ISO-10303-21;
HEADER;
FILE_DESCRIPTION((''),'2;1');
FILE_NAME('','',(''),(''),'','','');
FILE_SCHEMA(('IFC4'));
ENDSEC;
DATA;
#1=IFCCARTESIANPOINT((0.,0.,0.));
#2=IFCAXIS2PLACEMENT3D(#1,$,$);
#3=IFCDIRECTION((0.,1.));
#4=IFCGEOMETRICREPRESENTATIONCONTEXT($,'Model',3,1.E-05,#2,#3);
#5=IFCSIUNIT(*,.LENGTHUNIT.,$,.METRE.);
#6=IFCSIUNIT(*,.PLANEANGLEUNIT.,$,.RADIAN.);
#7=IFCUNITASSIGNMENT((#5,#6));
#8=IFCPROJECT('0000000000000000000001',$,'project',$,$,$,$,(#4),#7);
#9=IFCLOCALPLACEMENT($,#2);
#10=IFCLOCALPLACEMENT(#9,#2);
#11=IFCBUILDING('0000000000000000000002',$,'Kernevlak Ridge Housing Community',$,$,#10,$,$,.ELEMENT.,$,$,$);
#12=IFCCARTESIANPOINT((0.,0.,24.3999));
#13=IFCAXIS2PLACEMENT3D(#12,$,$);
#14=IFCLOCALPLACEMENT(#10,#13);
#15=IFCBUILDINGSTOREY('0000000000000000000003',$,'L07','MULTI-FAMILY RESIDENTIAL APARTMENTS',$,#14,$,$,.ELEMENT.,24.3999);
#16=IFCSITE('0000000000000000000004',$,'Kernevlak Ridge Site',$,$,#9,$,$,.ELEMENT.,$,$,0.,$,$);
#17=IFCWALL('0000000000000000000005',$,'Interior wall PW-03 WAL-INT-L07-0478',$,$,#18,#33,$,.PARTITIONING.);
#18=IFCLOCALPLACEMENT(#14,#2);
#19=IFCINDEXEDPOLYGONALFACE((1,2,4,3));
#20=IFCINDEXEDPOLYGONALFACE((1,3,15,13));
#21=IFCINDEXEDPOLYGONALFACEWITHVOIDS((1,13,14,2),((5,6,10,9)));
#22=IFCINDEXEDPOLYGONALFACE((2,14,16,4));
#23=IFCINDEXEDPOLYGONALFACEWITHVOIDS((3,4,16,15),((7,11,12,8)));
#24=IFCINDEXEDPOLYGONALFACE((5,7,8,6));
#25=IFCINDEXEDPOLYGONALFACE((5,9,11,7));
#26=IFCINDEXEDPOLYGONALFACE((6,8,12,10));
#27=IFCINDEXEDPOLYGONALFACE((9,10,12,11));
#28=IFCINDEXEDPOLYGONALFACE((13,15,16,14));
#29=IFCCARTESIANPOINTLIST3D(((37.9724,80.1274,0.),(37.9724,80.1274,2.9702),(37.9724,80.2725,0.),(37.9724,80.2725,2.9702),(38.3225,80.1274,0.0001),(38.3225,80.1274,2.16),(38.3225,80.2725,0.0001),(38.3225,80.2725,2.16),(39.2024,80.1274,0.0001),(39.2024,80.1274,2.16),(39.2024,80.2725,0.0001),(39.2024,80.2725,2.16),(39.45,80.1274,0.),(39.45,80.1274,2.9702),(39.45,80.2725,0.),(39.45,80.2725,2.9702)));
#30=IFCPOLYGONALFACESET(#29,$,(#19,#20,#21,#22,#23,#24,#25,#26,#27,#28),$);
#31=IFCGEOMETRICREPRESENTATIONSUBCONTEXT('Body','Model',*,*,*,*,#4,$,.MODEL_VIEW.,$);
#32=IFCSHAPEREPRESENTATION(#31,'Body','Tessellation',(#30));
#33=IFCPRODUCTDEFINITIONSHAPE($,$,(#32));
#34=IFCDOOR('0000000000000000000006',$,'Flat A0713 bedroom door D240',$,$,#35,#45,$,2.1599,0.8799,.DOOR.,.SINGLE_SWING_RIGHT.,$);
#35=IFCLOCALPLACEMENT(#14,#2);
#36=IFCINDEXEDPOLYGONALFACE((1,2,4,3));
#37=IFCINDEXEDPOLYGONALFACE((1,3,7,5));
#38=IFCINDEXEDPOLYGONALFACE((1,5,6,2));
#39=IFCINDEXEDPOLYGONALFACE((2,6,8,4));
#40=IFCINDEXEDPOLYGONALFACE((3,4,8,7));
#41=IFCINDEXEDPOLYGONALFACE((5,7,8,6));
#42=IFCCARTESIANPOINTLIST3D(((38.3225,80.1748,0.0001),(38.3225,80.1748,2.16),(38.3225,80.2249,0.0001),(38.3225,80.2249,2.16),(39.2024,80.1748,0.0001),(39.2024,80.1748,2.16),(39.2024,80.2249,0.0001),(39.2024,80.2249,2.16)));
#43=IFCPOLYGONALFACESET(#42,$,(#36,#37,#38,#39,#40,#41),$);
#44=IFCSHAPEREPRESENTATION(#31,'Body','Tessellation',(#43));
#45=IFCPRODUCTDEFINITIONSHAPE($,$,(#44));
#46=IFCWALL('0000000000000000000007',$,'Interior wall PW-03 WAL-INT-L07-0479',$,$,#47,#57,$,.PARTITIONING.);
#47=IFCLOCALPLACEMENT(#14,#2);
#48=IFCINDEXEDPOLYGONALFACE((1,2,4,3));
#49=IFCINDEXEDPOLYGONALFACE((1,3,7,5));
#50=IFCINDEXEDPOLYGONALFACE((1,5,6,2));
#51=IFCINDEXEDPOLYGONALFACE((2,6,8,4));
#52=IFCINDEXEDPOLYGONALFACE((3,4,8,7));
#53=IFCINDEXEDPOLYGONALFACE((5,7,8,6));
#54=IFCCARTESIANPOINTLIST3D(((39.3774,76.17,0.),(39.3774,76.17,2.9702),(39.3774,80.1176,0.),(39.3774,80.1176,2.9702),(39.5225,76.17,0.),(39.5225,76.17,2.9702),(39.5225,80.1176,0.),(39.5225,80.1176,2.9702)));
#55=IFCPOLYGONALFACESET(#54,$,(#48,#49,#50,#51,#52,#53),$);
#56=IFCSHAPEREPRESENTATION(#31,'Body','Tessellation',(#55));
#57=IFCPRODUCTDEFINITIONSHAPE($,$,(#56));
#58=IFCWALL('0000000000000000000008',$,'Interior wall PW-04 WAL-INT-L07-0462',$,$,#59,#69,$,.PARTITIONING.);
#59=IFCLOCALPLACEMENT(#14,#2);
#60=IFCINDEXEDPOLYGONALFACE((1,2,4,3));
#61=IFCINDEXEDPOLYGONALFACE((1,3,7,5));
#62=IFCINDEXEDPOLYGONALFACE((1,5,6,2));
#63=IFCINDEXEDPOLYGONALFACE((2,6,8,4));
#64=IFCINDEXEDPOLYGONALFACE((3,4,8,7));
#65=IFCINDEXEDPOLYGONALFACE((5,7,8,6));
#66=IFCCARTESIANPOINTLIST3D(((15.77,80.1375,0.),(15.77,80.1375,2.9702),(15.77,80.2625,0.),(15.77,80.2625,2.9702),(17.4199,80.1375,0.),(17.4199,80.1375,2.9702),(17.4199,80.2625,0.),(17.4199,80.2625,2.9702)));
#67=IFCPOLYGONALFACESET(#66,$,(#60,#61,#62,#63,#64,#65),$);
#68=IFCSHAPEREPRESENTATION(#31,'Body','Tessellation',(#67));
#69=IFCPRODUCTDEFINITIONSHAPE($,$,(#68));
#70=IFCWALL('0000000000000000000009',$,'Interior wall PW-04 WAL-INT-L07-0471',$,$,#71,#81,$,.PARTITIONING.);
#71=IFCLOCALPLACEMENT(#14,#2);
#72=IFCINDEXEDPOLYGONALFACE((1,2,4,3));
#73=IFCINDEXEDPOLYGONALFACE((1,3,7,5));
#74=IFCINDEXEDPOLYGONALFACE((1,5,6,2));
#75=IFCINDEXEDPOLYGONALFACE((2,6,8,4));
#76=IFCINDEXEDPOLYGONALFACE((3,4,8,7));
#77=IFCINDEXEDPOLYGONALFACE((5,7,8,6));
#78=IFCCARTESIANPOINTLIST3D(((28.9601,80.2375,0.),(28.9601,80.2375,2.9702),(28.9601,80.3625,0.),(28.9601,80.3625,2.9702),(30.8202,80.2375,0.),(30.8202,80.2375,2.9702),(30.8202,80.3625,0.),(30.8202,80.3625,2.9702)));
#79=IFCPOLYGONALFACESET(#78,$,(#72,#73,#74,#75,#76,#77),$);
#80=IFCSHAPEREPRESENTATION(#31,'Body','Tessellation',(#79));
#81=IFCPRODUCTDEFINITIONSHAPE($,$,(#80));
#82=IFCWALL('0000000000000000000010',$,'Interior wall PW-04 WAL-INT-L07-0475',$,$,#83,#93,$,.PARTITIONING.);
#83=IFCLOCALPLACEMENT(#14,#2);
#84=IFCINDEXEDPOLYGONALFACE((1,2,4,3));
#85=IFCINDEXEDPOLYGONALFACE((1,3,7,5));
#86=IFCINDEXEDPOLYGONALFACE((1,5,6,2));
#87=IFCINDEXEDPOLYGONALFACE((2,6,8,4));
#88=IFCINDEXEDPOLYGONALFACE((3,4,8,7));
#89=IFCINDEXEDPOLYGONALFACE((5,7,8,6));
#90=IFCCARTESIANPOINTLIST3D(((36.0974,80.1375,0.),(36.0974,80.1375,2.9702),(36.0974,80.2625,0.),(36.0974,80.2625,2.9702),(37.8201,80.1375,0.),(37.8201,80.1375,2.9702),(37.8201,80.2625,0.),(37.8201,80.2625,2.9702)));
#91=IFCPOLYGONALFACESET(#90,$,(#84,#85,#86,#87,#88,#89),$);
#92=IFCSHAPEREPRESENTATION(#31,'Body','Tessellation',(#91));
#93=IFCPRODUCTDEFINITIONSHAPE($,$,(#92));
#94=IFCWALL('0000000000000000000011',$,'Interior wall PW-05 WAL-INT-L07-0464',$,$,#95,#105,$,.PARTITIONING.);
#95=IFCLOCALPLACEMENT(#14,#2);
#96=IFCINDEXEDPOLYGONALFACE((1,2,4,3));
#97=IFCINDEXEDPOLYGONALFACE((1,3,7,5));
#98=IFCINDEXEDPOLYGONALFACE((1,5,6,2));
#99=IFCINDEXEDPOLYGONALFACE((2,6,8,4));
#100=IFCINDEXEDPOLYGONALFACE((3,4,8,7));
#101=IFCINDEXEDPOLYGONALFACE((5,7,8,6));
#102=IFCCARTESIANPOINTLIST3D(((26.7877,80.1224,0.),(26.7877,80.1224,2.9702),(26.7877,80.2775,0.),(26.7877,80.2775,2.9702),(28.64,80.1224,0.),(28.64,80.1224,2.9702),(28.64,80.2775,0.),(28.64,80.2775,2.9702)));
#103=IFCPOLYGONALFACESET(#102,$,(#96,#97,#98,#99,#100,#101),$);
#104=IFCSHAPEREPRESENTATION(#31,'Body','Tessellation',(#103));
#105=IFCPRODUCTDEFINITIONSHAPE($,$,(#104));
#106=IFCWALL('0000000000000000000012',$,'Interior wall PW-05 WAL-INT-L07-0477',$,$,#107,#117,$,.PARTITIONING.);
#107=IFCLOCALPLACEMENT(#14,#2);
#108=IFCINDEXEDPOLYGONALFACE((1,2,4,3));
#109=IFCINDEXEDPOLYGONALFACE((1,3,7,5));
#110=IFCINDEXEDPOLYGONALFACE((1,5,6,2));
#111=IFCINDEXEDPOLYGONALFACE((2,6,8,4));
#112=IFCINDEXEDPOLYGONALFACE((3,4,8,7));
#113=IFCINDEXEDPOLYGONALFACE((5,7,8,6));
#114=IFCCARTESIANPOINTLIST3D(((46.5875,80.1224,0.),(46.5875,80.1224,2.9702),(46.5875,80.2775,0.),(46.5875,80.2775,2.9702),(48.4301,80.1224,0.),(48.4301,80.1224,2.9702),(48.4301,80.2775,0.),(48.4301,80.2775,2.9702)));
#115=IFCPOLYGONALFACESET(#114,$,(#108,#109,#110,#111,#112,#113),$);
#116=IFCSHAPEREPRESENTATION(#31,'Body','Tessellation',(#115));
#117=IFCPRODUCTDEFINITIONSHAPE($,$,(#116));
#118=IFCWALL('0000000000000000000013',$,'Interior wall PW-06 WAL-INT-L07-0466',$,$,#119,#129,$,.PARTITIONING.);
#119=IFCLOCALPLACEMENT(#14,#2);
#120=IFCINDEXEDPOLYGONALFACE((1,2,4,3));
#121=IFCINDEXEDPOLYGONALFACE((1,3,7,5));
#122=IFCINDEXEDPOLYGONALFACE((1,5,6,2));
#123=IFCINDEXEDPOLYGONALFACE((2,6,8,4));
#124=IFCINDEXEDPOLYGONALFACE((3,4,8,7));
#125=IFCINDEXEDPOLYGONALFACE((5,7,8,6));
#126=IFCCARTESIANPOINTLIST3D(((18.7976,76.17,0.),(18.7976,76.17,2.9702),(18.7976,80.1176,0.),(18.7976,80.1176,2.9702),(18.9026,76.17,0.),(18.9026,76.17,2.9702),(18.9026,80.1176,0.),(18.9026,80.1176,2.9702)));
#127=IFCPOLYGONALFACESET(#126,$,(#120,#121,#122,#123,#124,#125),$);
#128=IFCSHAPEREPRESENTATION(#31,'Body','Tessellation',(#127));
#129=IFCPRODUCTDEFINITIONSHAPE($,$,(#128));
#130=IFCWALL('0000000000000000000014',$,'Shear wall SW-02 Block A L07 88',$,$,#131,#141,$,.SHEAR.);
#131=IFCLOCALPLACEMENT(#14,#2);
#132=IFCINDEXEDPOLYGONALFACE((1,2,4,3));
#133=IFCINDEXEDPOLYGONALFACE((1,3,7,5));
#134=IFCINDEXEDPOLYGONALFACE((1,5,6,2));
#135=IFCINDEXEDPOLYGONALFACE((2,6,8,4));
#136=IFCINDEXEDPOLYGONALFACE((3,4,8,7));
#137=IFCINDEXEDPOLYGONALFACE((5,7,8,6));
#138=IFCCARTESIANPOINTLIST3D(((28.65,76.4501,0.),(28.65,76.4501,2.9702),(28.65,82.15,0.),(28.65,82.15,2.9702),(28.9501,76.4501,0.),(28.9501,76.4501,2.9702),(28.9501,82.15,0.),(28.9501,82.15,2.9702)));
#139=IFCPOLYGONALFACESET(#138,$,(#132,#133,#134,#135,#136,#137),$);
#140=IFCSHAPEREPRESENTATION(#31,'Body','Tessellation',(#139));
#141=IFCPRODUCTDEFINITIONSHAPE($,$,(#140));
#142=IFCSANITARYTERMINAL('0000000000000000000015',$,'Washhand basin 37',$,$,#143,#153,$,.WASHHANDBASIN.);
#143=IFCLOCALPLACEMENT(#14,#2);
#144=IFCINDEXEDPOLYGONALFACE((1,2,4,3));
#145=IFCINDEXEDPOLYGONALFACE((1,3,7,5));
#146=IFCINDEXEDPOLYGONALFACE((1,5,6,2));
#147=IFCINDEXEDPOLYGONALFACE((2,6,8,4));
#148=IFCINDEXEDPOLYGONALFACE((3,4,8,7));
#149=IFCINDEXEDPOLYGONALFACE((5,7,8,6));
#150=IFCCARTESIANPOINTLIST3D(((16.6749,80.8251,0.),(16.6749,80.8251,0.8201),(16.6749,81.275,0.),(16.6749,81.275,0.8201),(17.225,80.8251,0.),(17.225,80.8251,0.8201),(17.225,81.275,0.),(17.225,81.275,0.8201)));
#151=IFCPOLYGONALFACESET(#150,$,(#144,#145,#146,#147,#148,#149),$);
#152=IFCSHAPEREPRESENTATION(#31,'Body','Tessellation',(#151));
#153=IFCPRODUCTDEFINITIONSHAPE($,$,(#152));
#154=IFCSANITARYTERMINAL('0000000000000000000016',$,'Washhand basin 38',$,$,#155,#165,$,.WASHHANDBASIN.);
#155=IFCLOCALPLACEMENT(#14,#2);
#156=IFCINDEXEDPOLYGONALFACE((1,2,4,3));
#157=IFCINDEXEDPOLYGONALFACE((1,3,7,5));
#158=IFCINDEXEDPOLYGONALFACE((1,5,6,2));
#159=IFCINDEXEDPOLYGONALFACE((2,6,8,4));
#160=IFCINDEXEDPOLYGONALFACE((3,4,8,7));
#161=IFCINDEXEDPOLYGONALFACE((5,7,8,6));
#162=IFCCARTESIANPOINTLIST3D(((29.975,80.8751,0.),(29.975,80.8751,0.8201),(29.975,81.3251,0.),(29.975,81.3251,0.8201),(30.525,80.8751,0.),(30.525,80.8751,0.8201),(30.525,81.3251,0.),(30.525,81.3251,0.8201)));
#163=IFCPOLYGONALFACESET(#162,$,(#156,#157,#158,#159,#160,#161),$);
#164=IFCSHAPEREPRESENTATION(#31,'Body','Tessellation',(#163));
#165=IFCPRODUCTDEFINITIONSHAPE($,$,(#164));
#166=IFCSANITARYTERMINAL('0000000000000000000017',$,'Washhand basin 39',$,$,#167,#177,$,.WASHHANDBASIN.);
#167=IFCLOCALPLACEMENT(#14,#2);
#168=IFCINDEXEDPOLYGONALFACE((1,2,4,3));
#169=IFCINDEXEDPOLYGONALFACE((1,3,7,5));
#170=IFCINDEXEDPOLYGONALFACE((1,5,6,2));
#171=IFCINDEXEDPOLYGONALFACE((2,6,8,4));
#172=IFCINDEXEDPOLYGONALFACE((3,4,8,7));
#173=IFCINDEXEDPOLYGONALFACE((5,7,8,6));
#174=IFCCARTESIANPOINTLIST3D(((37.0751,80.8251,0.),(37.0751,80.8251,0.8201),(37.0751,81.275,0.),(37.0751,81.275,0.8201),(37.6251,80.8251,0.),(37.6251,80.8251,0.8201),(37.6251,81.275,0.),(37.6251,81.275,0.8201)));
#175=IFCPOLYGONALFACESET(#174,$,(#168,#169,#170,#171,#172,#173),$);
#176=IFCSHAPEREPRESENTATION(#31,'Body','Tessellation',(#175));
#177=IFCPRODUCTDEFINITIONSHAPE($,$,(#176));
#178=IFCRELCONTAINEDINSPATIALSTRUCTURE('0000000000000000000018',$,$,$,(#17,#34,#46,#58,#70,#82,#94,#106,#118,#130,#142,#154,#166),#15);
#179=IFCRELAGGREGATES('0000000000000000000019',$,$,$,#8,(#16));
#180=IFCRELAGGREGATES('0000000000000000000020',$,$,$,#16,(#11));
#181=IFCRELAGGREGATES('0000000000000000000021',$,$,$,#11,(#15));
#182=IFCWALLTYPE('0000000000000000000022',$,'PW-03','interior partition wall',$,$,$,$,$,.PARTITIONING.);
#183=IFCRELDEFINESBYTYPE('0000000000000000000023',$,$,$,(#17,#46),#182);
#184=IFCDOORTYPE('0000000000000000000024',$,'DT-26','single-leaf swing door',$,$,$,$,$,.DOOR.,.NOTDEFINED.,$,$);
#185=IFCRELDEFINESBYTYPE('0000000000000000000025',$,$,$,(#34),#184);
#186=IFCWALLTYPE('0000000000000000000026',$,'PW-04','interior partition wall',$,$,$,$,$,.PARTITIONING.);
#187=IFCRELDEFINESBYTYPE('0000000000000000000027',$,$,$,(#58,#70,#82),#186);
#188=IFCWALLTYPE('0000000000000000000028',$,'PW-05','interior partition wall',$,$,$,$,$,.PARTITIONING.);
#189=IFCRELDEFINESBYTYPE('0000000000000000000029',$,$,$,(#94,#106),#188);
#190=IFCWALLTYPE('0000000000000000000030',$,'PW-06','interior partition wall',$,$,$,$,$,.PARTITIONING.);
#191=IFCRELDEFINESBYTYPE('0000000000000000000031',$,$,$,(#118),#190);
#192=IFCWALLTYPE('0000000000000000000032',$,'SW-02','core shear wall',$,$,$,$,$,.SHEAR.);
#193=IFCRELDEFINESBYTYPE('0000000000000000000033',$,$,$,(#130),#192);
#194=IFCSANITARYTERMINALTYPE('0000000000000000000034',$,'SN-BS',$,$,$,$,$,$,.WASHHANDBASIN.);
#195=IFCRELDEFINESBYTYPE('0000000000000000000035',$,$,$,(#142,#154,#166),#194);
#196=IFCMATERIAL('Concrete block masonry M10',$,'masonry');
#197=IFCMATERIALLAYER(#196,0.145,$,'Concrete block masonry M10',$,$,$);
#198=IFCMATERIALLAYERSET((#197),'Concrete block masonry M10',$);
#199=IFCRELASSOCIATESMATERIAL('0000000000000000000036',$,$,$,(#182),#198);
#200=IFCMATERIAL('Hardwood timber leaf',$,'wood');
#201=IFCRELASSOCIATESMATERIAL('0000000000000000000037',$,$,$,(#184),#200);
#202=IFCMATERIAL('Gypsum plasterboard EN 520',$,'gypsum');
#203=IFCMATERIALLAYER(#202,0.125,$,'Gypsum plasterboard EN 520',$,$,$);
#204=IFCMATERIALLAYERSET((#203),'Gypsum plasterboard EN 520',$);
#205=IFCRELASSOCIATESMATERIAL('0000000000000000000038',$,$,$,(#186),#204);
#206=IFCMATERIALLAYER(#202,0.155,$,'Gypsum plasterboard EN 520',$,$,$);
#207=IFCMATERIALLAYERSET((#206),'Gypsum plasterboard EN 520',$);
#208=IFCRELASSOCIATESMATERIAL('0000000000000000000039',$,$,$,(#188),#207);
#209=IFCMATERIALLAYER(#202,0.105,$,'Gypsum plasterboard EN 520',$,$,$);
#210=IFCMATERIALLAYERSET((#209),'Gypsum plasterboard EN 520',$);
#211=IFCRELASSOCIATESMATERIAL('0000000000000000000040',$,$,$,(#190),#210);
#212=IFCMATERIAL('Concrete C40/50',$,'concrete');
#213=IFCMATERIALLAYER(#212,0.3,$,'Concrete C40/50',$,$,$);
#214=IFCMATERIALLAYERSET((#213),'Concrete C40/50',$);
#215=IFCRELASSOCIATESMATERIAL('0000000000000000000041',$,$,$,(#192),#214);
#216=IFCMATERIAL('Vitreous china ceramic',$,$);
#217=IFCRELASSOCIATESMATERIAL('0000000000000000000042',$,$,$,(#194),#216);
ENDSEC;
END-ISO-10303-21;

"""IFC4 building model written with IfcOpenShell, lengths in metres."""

from ifc_helpers import new_model, si_unit, direction, frame, frame_2d, origin, origin_2d, place, context, subcontext, project, spatial, rectangle, extrude, material, layer, layer_set, type_object, element, fill, save


model = new_model("IFC4")

# Units and contexts
model_context = context("Model", 3, precision=1e-05, world=origin(), true_north=direction((0.0, 1.0)))
body_context = subcontext(model_context, "Body", "Model", "MODEL_VIEW")
ifc_project = project(units=[si_unit("LENGTHUNIT", "METRE"), si_unit("PLANEANGLEUNIT", "RADIAN")], contexts=[model_context])

# Site, building, storey
site_placement = place(None, origin())
site = spatial("IfcSite", under=ifc_project, at=site_placement, Name="Kernevlak Ridge Site", CompositionType="ELEMENT", RefElevation=0.0)
building_placement = place(site_placement, origin())
building = spatial("IfcBuilding", under=site, at=building_placement, Name="Kernevlak Ridge Housing Community", CompositionType="ELEMENT")
storey_placement = place(building_placement, frame((0.0, 0.0, 24.3999)))
storey = spatial("IfcBuildingStorey", under=building, at=storey_placement, Name="L07", Description="MULTI-FAMILY RESIDENTIAL APARTMENTS", CompositionType="ELEMENT", Elevation=24.3999)

# Shared definitions
ifc_material_1 = material(Name="Concrete C40/50", Category="concrete")

# Shared definitions
ifc_material_2 = material(Name="Concrete block masonry M10", Category="masonry")

# Shared definitions
ifc_layer_1 = layer(ifc_material_2, 0.145, Name="Concrete block masonry M10")
ifc_layer_set_1 = layer_set([ifc_layer_1], Name="Concrete block masonry M10")
wall_type_1 = type_object("IfcWallType", Name="PW-03", Description="interior partition wall", PredefinedType="PARTITIONING", material=ifc_layer_set_1)
ifc_material_3 = material(Name="Hardwood timber leaf", Category="wood")

# Wall, opening, door
wall_1_placement = place(storey_placement, frame((37.9724, 80.2, 0.0), z_axis=(0.0, 0.0, 1.0), x_axis=(1.0, 0.0, 0.0)))
wall_1 = element("IfcWall", 1, at=wall_1_placement, inside=storey, type_object=wall_type_1, Name="Interior wall PW-03 WAL-INT-L07-0478", PredefinedType="PARTITIONING", context=body_context, shape_type="SweptSolid", body=[
    extrude(rectangle(XDim=1.4775, YDim=0.145, at=frame_2d((0.7388, 0.0))), origin(), (0.0, 0.0, 1.0), 2.9702),
])
opening_1_placement = place(wall_1_placement, frame((0.3501, 0.0, 0.0)))
opening_1 = element("IfcOpeningElement", 2, at=opening_1_placement, cuts=wall_1, PredefinedType="OPENING", context=body_context, shape_type="SweptSolid", body=[
    extrude(rectangle(XDim=0.8799, YDim=2.1599, at=frame_2d((0.4399, 1.0801))), frame((0.0, 0.0825, 0.0), z_axis=(0.0, -1.0, 0.0), x_axis=(1.0, 0.0, 0.0)), (0.0, 0.0, 1.0), 0.165),
])
door_type_1 = type_object("IfcDoorType", Name="DT-26", Description="single-leaf swing door", OperationType="NOTDEFINED", PredefinedType="DOOR", material=ifc_material_3)
door_1_placement = place(opening_1_placement, origin())
door_1 = element("IfcDoor", 3, at=door_1_placement, inside=storey, type_object=door_type_1, Name="Flat A0713 bedroom door D240", OperationType="SINGLE_SWING_RIGHT", OverallHeight=2.1599, OverallWidth=0.8799, PredefinedType="DOOR", context=body_context, shape_type="SweptSolid", body=[
    extrude(rectangle(XDim=0.8799, YDim=2.1599, at=frame_2d((0.4399, 1.0801))), frame((0.0, 0.0249, 0.0), z_axis=(0.0, -1.0, 0.0), x_axis=(1.0, 0.0, 0.0)), (0.0, 0.0, 1.0), 0.05),
])
fill(opening_1, door_1)

# Walls
wall_2_placement = place(storey_placement, frame((39.45, 80.1174, 0.0), z_axis=(0.0, 0.0, 1.0), x_axis=(0.0, -1.0, 0.0)))
element("IfcWall", 4, at=wall_2_placement, inside=storey, type_object=wall_type_1, Name="Interior wall PW-03 WAL-INT-L07-0479", PredefinedType="PARTITIONING", context=body_context, shape_type="SweptSolid", body=[
    extrude(rectangle(XDim=3.9475, YDim=0.145, at=frame_2d((1.9736, 0.0))), origin(), (0.0, 0.0, 1.0), 2.9702),
])
ifc_material_4 = material(Name="Gypsum plasterboard EN 520", Category="gypsum")
ifc_layer_2 = layer(ifc_material_4, 0.125, Name="Gypsum plasterboard EN 520")
ifc_layer_set_2 = layer_set([ifc_layer_2], Name="Gypsum plasterboard EN 520")
wall_type_2 = type_object("IfcWallType", Name="PW-04", Description="interior partition wall", PredefinedType="PARTITIONING", material=ifc_layer_set_2)
wall_3_placement = place(storey_placement, frame((15.77, 80.2, 0.0), z_axis=(0.0, 0.0, 1.0), x_axis=(1.0, 0.0, 0.0)))
element("IfcWall", 5, at=wall_3_placement, inside=storey, type_object=wall_type_2, Name="Interior wall PW-04 WAL-INT-L07-0462", PredefinedType="PARTITIONING", context=body_context, shape_type="SweptSolid", body=[
    extrude(rectangle(XDim=1.6499, YDim=0.125, at=frame_2d((0.825, 0.0))), origin(), (0.0, 0.0, 1.0), 2.9702),
])
wall_4_placement = place(storey_placement, frame((28.96, 80.3, 0.0), z_axis=(0.0, 0.0, 1.0), x_axis=(1.0, 0.0, 0.0)))
element("IfcWall", 6, at=wall_4_placement, inside=storey, type_object=wall_type_2, Name="Interior wall PW-04 WAL-INT-L07-0471", PredefinedType="PARTITIONING", context=body_context, shape_type="SweptSolid", body=[
    extrude(rectangle(XDim=1.8601, YDim=0.125, at=frame_2d((0.9302, 0.0))), origin(), (0.0, 0.0, 1.0), 2.9702),
])
wall_5_placement = place(storey_placement, frame((36.0974, 80.2, 0.0), z_axis=(0.0, 0.0, 1.0), x_axis=(1.0, 0.0, 0.0)))
element("IfcWall", 7, at=wall_5_placement, inside=storey, type_object=wall_type_2, Name="Interior wall PW-04 WAL-INT-L07-0475", PredefinedType="PARTITIONING", context=body_context, shape_type="SweptSolid", body=[
    extrude(rectangle(XDim=1.7227, YDim=0.125, at=frame_2d((0.8613, 0.0))), origin(), (0.0, 0.0, 1.0), 2.9702),
])
ifc_layer_3 = layer(ifc_material_4, 0.155, Name="Gypsum plasterboard EN 520")
ifc_layer_set_3 = layer_set([ifc_layer_3], Name="Gypsum plasterboard EN 520")
wall_type_3 = type_object("IfcWallType", Name="PW-05", Description="interior partition wall", PredefinedType="PARTITIONING", material=ifc_layer_set_3)
wall_6_placement = place(storey_placement, frame((26.7876, 80.2, 0.0), z_axis=(0.0, 0.0, 1.0), x_axis=(1.0, 0.0, 0.0)))
element("IfcWall", 8, at=wall_6_placement, inside=storey, type_object=wall_type_3, Name="Interior wall PW-05 WAL-INT-L07-0464", PredefinedType="PARTITIONING", context=body_context, shape_type="SweptSolid", body=[
    extrude(rectangle(XDim=1.8523, YDim=0.155, at=frame_2d((0.9263, 0.0))), origin(), (0.0, 0.0, 1.0), 2.9702),
])
wall_7_placement = place(storey_placement, frame((46.5874, 80.2, 0.0), z_axis=(0.0, 0.0, 1.0), x_axis=(1.0, 0.0, 0.0)))
element("IfcWall", 9, at=wall_7_placement, inside=storey, type_object=wall_type_3, Name="Interior wall PW-05 WAL-INT-L07-0477", PredefinedType="PARTITIONING", context=body_context, shape_type="SweptSolid", body=[
    extrude(rectangle(XDim=1.8425, YDim=0.155, at=frame_2d((0.9214, 0.0))), origin(), (0.0, 0.0, 1.0), 2.9702),
])
ifc_layer_4 = layer(ifc_material_4, 0.105, Name="Gypsum plasterboard EN 520")
ifc_layer_set_4 = layer_set([ifc_layer_4], Name="Gypsum plasterboard EN 520")
wall_type_4 = type_object("IfcWallType", Name="PW-06", Description="interior partition wall", PredefinedType="PARTITIONING", material=ifc_layer_set_4)
wall_8_placement = place(storey_placement, frame((18.8501, 80.1174, 0.0), z_axis=(0.0, 0.0, 1.0), x_axis=(0.0, -1.0, 0.0)))
element("IfcWall", 10, at=wall_8_placement, inside=storey, type_object=wall_type_4, Name="Interior wall PW-06 WAL-INT-L07-0466", PredefinedType="PARTITIONING", context=body_context, shape_type="SweptSolid", body=[
    extrude(rectangle(XDim=3.9475, YDim=0.105, at=frame_2d((1.9736, 0.0))), origin(), (0.0, 0.0, 1.0), 2.9702),
])
ifc_layer_5 = layer(ifc_material_1, 0.3, Name="Concrete C40/50")
ifc_layer_set_5 = layer_set([ifc_layer_5], Name="Concrete C40/50")
wall_type_5 = type_object("IfcWallType", Name="SW-02", Description="core shear wall", PredefinedType="SHEAR", material=ifc_layer_set_5)
wall_9_placement = place(storey_placement, frame((28.8, 76.45, 0.0), z_axis=(0.0, 0.0, 1.0), x_axis=(0.0, 1.0, 0.0)))
element("IfcWall", 11, at=wall_9_placement, inside=storey, type_object=wall_type_5, Name="Shear wall SW-02 Block A L07 88", PredefinedType="SHEAR", context=body_context, shape_type="SweptSolid", body=[
    extrude(rectangle(XDim=5.7, YDim=0.3, at=frame_2d((2.8501, 0.0))), origin(), (0.0, 0.0, 1.0), 2.9702),
])

# Sanitary terminals
ifc_material_5 = material(Name="Vitreous china ceramic")
sanitary_terminal_type_1 = type_object("IfcSanitaryTerminalType", Name="SN-BS", PredefinedType="WASHHANDBASIN", material=ifc_material_5)
for number, where, z_axis, x_axis, name in (
    (12, (16.95, 81.05, 0.0), (0.0, 0.0, 1.0), (1.0, 0.0, 0.0), "Washhand basin 37"),
    (13, (30.25, 81.1001, 0.0), (0.0, 0.0, 1.0), (1.0, 0.0, 0.0), "Washhand basin 38"),
    (14, (37.3501, 81.05, 0.0), (0.0, 0.0, 1.0), (1.0, 0.0, 0.0), "Washhand basin 39"),
):
    element("IfcSanitaryTerminal", number, at=place(storey_placement, frame(where, z_axis=z_axis, x_axis=x_axis)), inside=storey, type_object=sanitary_terminal_type_1, Name=name, PredefinedType="WASHHANDBASIN", context=body_context, shape_type="SweptSolid", body=[
        extrude(rectangle(XDim=0.55, YDim=0.45, at=origin_2d()), origin(), (0.0, 0.0, 1.0), 0.8201),
    ])

save(model, "model.ifc")
